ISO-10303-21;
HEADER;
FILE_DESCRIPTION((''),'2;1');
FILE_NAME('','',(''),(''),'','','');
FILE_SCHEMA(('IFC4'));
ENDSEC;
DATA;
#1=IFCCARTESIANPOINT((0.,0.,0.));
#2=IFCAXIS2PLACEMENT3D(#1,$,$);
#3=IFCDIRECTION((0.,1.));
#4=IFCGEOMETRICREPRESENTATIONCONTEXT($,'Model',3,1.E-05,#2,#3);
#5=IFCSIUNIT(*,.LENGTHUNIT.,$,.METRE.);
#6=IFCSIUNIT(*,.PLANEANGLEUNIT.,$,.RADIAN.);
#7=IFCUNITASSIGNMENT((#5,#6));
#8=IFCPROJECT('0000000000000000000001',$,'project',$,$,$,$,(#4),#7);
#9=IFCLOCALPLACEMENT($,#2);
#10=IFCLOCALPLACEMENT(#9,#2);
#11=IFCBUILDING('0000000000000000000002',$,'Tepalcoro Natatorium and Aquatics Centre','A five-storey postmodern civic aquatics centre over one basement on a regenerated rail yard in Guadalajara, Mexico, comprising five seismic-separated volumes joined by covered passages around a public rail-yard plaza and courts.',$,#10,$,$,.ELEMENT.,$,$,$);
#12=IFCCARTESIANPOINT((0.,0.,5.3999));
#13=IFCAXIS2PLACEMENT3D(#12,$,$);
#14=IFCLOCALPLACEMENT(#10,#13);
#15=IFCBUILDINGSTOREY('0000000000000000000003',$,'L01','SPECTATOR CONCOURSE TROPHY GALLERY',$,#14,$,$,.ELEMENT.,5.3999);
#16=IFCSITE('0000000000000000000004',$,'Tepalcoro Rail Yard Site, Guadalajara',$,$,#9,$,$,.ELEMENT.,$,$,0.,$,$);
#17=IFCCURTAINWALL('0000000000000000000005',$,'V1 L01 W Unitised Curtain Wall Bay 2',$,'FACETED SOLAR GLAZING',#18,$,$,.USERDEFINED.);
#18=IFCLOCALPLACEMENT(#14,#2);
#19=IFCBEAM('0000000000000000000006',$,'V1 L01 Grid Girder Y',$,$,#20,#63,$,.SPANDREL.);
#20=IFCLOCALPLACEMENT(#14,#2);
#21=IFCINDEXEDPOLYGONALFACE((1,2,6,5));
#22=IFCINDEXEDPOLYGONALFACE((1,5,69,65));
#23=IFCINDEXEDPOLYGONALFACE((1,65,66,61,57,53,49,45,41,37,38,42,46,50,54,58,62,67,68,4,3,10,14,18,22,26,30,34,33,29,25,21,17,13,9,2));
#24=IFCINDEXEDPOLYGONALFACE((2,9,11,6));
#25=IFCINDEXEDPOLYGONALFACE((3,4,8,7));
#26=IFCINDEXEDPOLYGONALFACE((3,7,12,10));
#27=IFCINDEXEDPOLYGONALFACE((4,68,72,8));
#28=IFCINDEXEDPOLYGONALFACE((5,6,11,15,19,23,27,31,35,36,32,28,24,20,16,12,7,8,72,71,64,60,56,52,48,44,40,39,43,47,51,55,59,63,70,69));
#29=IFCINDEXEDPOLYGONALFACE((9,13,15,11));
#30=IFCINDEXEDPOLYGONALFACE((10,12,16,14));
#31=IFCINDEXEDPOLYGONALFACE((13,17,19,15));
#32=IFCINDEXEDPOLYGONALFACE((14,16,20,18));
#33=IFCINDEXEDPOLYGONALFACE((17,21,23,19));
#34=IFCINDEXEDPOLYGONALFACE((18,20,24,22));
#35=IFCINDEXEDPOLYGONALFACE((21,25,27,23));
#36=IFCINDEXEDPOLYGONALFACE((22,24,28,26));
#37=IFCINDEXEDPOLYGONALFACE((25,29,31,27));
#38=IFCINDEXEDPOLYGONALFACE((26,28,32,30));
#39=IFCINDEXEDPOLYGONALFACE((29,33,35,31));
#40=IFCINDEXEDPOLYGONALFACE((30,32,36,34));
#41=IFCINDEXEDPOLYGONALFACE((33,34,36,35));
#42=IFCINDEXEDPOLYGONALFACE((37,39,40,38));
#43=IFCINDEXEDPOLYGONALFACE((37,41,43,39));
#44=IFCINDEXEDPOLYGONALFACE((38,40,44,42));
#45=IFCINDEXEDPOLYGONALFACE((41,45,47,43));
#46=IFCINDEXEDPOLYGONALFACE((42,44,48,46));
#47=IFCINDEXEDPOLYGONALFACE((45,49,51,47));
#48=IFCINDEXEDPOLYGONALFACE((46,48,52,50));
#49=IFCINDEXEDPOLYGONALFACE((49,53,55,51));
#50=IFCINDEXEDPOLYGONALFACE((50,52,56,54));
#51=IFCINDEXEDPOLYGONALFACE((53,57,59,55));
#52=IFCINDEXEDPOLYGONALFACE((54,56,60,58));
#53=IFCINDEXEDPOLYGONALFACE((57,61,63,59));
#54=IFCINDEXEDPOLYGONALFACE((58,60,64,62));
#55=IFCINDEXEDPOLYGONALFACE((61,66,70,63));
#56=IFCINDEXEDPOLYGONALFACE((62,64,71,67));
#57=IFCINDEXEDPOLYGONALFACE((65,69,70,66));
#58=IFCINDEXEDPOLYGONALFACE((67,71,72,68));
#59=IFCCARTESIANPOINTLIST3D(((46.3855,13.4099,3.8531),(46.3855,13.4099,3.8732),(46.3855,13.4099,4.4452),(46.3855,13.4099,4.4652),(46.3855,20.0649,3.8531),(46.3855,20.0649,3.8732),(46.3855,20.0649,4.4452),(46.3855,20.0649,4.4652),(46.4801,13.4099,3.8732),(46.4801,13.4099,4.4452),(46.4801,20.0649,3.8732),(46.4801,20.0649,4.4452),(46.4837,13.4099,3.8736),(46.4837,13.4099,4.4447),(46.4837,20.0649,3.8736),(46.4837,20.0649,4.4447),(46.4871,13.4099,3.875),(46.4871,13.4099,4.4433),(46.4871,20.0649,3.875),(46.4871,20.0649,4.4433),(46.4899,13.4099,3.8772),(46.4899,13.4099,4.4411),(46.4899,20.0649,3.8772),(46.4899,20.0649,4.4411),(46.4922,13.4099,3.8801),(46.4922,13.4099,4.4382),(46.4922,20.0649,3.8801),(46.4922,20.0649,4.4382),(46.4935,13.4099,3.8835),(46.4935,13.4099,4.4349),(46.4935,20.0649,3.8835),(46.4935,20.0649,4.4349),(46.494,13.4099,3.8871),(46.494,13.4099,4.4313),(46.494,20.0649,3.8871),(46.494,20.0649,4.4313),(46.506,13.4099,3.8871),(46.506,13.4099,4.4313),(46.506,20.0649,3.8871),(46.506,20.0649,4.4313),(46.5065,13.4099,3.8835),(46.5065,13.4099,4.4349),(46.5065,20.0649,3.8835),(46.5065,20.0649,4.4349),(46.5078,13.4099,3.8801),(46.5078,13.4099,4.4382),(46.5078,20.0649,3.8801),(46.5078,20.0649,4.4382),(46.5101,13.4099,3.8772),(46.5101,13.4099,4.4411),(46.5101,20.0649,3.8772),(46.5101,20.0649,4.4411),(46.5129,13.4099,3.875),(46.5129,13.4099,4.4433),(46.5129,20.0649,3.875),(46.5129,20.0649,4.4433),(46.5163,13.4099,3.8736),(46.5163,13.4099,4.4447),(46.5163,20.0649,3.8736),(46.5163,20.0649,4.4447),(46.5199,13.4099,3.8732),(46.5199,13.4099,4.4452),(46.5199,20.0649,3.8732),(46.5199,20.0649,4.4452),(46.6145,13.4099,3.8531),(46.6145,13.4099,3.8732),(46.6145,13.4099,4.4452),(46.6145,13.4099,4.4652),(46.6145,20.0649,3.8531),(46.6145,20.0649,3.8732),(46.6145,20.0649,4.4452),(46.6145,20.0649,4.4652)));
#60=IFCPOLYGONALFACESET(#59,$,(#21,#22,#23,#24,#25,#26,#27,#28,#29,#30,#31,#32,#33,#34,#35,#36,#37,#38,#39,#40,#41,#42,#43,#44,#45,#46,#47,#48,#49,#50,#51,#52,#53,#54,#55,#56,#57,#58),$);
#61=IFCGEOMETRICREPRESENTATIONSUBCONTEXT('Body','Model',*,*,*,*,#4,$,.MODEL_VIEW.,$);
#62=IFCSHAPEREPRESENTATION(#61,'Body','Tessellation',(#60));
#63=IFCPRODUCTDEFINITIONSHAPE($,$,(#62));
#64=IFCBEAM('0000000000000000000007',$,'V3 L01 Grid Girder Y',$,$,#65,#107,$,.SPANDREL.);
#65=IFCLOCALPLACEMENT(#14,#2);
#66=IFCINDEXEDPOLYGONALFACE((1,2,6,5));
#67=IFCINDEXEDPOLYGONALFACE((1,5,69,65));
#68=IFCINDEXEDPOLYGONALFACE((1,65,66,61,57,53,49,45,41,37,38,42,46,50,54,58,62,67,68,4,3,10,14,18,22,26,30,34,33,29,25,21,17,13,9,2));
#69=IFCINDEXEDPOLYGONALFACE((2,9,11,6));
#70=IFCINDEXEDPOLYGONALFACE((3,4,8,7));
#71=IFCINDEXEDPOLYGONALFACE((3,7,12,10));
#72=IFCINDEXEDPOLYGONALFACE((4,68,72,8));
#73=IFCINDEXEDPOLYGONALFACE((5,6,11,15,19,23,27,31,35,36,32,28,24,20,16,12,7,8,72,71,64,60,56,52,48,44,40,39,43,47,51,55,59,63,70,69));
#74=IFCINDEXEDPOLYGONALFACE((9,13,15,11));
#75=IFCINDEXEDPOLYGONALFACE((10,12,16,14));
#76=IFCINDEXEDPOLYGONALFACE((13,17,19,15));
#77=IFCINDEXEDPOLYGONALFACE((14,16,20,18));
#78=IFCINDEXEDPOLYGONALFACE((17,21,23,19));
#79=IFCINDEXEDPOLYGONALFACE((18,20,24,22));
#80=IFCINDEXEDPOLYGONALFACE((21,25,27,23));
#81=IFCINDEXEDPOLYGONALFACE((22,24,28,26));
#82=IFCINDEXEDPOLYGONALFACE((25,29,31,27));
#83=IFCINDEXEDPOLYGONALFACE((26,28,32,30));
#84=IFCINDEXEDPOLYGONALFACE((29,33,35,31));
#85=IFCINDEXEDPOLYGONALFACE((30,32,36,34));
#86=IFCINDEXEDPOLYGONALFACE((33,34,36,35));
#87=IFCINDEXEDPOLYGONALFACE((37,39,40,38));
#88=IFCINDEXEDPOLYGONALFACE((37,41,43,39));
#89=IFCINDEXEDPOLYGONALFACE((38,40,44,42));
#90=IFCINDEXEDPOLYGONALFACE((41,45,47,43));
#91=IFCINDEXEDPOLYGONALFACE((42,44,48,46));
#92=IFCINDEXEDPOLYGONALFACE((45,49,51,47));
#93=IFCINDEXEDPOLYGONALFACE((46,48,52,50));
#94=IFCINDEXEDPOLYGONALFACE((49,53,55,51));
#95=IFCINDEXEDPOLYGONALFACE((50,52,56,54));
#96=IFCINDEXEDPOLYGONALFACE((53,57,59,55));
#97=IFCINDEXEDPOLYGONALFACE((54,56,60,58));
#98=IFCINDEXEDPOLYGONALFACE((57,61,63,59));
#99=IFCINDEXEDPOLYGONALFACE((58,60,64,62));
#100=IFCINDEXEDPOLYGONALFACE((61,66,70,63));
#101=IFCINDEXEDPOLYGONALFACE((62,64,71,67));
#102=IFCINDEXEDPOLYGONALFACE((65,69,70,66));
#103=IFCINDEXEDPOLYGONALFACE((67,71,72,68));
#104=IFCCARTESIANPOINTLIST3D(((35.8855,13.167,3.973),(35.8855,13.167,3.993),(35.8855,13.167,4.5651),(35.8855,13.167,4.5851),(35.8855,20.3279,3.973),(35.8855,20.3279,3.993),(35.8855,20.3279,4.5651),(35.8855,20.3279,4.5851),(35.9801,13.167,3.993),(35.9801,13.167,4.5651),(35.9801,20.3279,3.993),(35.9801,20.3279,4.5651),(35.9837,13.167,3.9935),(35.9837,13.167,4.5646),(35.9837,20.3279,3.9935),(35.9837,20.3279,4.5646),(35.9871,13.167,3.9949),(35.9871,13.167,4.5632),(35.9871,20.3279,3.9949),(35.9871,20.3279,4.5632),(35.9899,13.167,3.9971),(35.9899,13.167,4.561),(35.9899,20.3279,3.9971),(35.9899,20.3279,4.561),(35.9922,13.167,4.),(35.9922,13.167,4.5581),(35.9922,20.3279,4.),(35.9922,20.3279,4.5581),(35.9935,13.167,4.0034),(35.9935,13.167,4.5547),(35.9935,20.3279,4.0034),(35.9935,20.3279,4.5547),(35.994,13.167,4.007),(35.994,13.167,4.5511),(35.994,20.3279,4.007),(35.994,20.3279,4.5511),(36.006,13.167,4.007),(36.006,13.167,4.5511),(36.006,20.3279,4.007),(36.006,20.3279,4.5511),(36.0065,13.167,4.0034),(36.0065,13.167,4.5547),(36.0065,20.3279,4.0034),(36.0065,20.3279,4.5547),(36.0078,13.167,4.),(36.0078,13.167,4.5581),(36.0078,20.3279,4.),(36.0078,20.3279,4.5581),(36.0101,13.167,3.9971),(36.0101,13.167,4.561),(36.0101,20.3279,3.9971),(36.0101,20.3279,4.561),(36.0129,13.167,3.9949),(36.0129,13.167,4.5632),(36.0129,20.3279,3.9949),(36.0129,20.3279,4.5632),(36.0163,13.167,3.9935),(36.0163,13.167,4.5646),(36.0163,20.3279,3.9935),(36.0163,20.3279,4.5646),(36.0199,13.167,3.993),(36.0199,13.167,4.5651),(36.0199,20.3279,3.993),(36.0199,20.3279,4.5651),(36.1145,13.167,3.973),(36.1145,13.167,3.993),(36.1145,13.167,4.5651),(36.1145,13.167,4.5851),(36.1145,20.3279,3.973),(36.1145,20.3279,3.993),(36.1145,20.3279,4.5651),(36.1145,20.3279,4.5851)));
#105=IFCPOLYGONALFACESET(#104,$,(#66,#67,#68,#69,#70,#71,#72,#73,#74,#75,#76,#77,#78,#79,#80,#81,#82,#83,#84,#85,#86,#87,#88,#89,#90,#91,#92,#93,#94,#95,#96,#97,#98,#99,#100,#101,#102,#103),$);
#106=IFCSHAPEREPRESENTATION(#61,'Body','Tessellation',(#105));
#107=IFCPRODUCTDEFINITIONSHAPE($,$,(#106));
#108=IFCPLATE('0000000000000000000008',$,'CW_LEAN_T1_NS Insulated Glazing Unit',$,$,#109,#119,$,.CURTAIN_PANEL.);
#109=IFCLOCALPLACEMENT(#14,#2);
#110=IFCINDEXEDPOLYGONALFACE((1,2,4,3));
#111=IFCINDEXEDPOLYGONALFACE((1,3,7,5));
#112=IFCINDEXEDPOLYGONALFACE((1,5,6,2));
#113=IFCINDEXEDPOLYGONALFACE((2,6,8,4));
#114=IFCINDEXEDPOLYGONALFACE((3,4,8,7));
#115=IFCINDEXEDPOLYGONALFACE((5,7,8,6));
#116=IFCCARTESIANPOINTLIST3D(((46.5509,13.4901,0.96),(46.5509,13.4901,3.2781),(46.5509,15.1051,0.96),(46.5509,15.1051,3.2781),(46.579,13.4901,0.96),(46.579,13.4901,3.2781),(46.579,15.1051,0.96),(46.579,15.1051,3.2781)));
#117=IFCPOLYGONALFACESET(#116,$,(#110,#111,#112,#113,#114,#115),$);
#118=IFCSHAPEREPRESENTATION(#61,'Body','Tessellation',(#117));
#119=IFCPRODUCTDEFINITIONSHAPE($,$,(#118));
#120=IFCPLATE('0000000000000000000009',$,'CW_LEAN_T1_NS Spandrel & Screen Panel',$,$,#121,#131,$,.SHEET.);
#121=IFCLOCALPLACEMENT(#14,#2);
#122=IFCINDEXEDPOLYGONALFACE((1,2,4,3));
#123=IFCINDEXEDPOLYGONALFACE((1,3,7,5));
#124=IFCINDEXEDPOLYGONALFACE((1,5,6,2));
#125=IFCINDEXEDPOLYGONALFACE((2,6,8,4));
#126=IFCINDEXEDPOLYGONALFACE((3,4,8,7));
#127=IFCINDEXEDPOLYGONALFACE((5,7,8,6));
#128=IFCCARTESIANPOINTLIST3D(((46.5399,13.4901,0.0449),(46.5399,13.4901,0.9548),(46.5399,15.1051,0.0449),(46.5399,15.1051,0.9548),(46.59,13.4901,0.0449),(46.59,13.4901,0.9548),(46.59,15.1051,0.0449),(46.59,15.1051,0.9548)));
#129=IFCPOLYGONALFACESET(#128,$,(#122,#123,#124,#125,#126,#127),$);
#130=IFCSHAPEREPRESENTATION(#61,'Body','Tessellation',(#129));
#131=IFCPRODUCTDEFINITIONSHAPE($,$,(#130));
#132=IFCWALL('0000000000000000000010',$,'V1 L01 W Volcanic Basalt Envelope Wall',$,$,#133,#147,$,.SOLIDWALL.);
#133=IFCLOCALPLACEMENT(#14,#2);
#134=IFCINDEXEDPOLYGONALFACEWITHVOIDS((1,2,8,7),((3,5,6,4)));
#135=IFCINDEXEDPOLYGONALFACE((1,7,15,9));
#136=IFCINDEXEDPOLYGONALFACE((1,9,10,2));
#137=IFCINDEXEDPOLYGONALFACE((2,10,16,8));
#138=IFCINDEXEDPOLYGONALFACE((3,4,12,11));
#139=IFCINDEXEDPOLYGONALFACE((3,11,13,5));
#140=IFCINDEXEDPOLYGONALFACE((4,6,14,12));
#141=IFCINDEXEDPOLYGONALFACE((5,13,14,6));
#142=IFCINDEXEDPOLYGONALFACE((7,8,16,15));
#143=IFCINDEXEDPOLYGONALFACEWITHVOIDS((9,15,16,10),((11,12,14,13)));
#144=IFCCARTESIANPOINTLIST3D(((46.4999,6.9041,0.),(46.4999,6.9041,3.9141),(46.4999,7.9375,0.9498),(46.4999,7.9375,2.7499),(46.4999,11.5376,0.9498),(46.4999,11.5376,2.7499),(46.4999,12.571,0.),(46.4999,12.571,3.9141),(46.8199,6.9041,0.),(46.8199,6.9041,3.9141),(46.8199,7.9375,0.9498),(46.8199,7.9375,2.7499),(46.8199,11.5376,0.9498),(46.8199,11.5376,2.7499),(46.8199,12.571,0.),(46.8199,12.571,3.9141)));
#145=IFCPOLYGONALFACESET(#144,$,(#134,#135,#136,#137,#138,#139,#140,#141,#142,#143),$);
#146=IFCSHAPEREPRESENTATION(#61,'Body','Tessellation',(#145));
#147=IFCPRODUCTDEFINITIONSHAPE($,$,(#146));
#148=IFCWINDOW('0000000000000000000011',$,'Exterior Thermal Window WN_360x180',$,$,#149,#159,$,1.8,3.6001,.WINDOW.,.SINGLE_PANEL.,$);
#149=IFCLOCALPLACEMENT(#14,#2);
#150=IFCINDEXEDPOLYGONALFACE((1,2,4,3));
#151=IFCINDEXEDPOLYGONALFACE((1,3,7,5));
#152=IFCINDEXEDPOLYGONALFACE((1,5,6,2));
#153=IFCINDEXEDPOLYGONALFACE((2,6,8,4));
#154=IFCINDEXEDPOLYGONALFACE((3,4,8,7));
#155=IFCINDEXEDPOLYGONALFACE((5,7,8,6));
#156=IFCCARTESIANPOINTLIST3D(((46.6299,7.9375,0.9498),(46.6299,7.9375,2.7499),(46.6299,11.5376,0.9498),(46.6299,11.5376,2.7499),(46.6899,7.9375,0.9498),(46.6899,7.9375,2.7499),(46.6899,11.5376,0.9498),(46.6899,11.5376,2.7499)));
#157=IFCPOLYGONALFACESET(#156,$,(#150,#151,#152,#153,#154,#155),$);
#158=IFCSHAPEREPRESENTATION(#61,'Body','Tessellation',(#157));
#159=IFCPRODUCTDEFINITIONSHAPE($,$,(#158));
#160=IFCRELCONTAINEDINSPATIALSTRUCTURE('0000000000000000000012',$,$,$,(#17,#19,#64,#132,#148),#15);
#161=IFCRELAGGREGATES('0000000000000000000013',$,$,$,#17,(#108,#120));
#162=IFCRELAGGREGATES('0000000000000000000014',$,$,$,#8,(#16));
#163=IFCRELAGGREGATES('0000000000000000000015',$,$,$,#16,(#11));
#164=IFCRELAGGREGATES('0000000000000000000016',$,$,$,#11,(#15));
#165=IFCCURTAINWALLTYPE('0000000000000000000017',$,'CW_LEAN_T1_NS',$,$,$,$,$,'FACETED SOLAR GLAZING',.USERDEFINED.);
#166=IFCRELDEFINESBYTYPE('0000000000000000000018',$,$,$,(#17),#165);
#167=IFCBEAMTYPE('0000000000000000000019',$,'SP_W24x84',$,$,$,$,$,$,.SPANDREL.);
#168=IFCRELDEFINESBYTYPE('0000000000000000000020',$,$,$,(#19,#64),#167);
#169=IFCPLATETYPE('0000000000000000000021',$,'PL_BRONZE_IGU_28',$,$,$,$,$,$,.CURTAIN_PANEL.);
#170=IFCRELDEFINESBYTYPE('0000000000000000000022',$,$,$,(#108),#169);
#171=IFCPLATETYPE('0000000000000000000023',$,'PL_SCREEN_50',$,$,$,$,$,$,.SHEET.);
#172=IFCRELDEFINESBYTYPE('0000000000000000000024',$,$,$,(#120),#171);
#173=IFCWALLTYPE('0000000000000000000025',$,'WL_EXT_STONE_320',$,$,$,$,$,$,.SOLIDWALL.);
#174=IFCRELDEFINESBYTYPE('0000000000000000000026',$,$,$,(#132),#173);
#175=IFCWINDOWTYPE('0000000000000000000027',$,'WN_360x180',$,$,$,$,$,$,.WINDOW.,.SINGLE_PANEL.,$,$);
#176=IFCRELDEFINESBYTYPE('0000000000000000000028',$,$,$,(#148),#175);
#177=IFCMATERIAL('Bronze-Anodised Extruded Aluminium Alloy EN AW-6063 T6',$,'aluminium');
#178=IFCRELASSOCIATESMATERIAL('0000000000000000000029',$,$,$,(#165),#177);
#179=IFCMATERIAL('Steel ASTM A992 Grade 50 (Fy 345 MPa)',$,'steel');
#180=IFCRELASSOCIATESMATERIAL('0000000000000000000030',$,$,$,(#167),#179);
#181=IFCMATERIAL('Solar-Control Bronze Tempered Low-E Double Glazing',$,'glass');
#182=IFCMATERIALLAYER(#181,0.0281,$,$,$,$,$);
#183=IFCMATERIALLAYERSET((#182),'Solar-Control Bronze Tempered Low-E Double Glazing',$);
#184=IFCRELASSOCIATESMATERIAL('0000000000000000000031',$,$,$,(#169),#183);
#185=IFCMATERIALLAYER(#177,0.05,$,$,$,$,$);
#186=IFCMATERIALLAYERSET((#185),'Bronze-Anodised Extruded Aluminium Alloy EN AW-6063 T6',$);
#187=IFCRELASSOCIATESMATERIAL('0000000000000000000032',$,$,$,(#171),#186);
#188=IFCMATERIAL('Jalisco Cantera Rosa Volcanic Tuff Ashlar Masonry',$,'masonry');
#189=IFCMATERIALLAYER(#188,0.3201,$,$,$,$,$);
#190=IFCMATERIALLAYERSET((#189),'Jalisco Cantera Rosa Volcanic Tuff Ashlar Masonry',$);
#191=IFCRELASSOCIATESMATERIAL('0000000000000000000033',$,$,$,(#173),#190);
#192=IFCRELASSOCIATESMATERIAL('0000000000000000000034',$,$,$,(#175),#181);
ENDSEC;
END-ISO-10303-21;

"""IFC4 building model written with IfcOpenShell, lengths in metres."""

from ifc_helpers import new_model, si_unit, direction, frame, frame_2d, origin, origin_2d, place, context, subcontext, project, spatial, rectangle, i_section, extrude, material, layer, layer_set, material_profile, profile_set, type_object, element, fill, aggregate, save


model = new_model("IFC4")

# Units and contexts
model_context = context("Model", 3, precision=1e-05, world=origin(), true_north=direction((0.0, 1.0)))
body_context = subcontext(model_context, "Body", "Model", "MODEL_VIEW")
ifc_project = project(units=[si_unit("LENGTHUNIT", "METRE"), si_unit("PLANEANGLEUNIT", "RADIAN")], contexts=[model_context])

# Site, building, storey
site_placement = place(None, origin())
site = spatial("IfcSite", under=ifc_project, at=site_placement, Name="Tepalcoro Rail Yard Site, Guadalajara", CompositionType="ELEMENT", RefElevation=0.0)
building_placement = place(site_placement, origin())
building = spatial("IfcBuilding", under=site, at=building_placement, Name="Tepalcoro Natatorium and Aquatics Centre", Description="A five-storey postmodern civic aquatics centre over one basement on a regenerated rail yard in Guadalajara, Mexico, comprising five seismic-separated volumes joined by covered passages around a public rail-yard plaza and courts.", CompositionType="ELEMENT")
storey_placement = place(building_placement, frame((0.0, 0.0, 5.3999)))
storey = spatial("IfcBuildingStorey", under=building, at=storey_placement, Name="L01", Description="SPECTATOR CONCOURSE TROPHY GALLERY", CompositionType="ELEMENT", Elevation=5.3999)

# Shared definitions
ifc_material_1 = material(Name="Steel ASTM A992 Grade 50 (Fy 345 MPa)", Category="steel")

# Curtain wall
ifc_material_2 = material(Name="Bronze-Anodised Extruded Aluminium Alloy EN AW-6063 T6", Category="aluminium")
curtain_wall_type = type_object("IfcCurtainWallType", Name="CW_LEAN_T1_NS", ElementType="FACETED SOLAR GLAZING", PredefinedType="USERDEFINED", material=ifc_material_2)
curtain_wall_placement = place(storey_placement, origin())
curtain_wall = element("IfcCurtainWall", 1, at=curtain_wall_placement, inside=storey, type_object=curtain_wall_type, Name="V1 L01 W Unitised Curtain Wall Bay 2", ObjectType="FACETED SOLAR GLAZING", PredefinedType="USERDEFINED")

# Beams
ifc_material_profile_1 = material_profile(ifc_material_1, i_section(OverallWidth=0.229, OverallDepth=0.6121, WebThickness=0.012, FlangeThickness=0.02, FilletRadius=0.0139, at=origin_2d()), Name="W24X84")
ifc_profile_set_1 = profile_set([ifc_material_profile_1], Name="Steel ASTM A992 Grade 50 (Fy 345 MPa)")
beam_type_1 = type_object("IfcBeamType", Name="SP_W24x84", PredefinedType="SPANDREL", material=ifc_profile_set_1)
beam_1_placement = place(storey_placement, frame((46.5, 13.4099, 4.1592), z_axis=(0.0, 1.0, 0.0), x_axis=(-1.0, 0.0, 0.0)))
element("IfcBeam", 2, at=beam_1_placement, inside=storey, type_object=beam_type_1, Name="V1 L01 Grid Girder Y", PredefinedType="SPANDREL", context=body_context, shape_type="SweptSolid", body=[
    extrude(i_section(OverallWidth=0.229, OverallDepth=0.6121, WebThickness=0.012, FlangeThickness=0.02, FilletRadius=0.0139, at=origin_2d()), origin(), (0.0, 0.0, 1.0), 6.655),
])
beam_2_placement = place(storey_placement, frame((36.0, 13.167, 4.2791), z_axis=(0.0, 1.0, 0.0), x_axis=(-1.0, 0.0, 0.0)))
element("IfcBeam", 3, at=beam_2_placement, inside=storey, type_object=beam_type_1, Name="V3 L01 Grid Girder Y", PredefinedType="SPANDREL", context=body_context, shape_type="SweptSolid", body=[
    extrude(i_section(OverallWidth=0.229, OverallDepth=0.6121, WebThickness=0.012, FlangeThickness=0.02, FilletRadius=0.0139, at=origin_2d()), origin(), (0.0, 0.0, 1.0), 7.1609),
])

# Plates
ifc_material_3 = material(Name="Solar-Control Bronze Tempered Low-E Double Glazing", Category="glass")
ifc_layer_1 = layer(ifc_material_3, 0.0281)
ifc_layer_set_1 = layer_set([ifc_layer_1], Name="Solar-Control Bronze Tempered Low-E Double Glazing")
plate_type_1 = type_object("IfcPlateType", Name="PL_BRONZE_IGU_28", PredefinedType="CURTAIN_PANEL", material=ifc_layer_set_1)
plate_1_placement = place(storey_placement, frame((46.5649, 14.2976, 0.96), z_axis=(0.0, 0.0, 1.0), x_axis=(1.0, 0.0, 0.0)))
plate_1 = element("IfcPlate", 4, at=plate_1_placement, type_object=plate_type_1, Name="CW_LEAN_T1_NS Insulated Glazing Unit", PredefinedType="CURTAIN_PANEL", context=body_context, shape_type="SweptSolid", body=[
    extrude(rectangle(XDim=0.0281, YDim=1.615, at=origin_2d()), origin(), (0.0, 0.0, 1.0), 2.3181),
])
ifc_layer_2 = layer(ifc_material_2, 0.05)
ifc_layer_set_2 = layer_set([ifc_layer_2], Name="Bronze-Anodised Extruded Aluminium Alloy EN AW-6063 T6")
plate_type_2 = type_object("IfcPlateType", Name="PL_SCREEN_50", PredefinedType="SHEET", material=ifc_layer_set_2)
plate_2_placement = place(storey_placement, frame((46.5649, 14.2976, 0.0449), z_axis=(0.0, 0.0, 1.0), x_axis=(1.0, 0.0, 0.0)))
plate_2 = element("IfcPlate", 5, at=plate_2_placement, type_object=plate_type_2, Name="CW_LEAN_T1_NS Spandrel & Screen Panel", PredefinedType="SHEET", context=body_context, shape_type="SweptSolid", body=[
    extrude(rectangle(XDim=0.05, YDim=1.615, at=origin_2d()), origin(), (0.0, 0.0, 1.0), 0.9099),
])
aggregate(curtain_wall, [plate_1, plate_2])

# Shared definitions
ifc_material_4 = material(Name="Jalisco Cantera Rosa Volcanic Tuff Ashlar Masonry", Category="masonry")
ifc_layer_3 = layer(ifc_material_4, 0.3201)
ifc_layer_set_3 = layer_set([ifc_layer_3], Name="Jalisco Cantera Rosa Volcanic Tuff Ashlar Masonry")
wall_type = type_object("IfcWallType", Name="WL_EXT_STONE_320", PredefinedType="SOLIDWALL", material=ifc_layer_set_3)

# Wall, opening, window
wall_1_placement = place(storey_placement, frame((46.6599, 6.9041, 0.0), z_axis=(0.0, 0.0, 1.0), x_axis=(0.0, 1.0, 0.0)))
wall_1 = element("IfcWall", 6, at=wall_1_placement, inside=storey, type_object=wall_type, Name="V1 L01 W Volcanic Basalt Envelope Wall", PredefinedType="SOLIDWALL", context=body_context, shape_type="SweptSolid", body=[
    extrude(rectangle(XDim=5.667, YDim=0.3201, at=frame_2d((2.8335, 0.0))), origin(), (0.0, 0.0, 1.0), 3.9141),
])
opening_1_placement = place(wall_1_placement, frame((1.0334, 0.0, 0.95)))
opening_1 = element("IfcOpeningElement", 7, at=opening_1_placement, cuts=wall_1, PredefinedType="OPENING", context=body_context, shape_type="SweptSolid", body=[
    extrude(rectangle(XDim=3.6001, YDim=1.8, at=frame_2d((1.8, 0.8999))), frame((0.0, 0.1719, 0.0), z_axis=(0.0, -1.0, 0.0), x_axis=(1.0, 0.0, 0.0)), (0.0, 0.0, 1.0), 0.344),
])
window_type = type_object("IfcWindowType", Name="WN_360x180", PartitioningType="SINGLE_PANEL", PredefinedType="WINDOW", material=ifc_material_3)
window_placement = place(opening_1_placement, origin())
window = element("IfcWindow", 8, at=window_placement, inside=storey, type_object=window_type, Name="Exterior Thermal Window WN_360x180", OverallHeight=1.8, OverallWidth=3.6001, PartitioningType="SINGLE_PANEL", PredefinedType="WINDOW", context=body_context, shape_type="SweptSolid", body=[
    extrude(rectangle(XDim=3.6001, YDim=1.8, at=frame_2d((1.8, 0.8999))), frame((0.0, 0.03, 0.0), z_axis=(0.0, -1.0, 0.0), x_axis=(1.0, 0.0, 0.0)), (0.0, 0.0, 1.0), 0.0601),
])
fill(opening_1, window)

save(model, "model.ifc")
